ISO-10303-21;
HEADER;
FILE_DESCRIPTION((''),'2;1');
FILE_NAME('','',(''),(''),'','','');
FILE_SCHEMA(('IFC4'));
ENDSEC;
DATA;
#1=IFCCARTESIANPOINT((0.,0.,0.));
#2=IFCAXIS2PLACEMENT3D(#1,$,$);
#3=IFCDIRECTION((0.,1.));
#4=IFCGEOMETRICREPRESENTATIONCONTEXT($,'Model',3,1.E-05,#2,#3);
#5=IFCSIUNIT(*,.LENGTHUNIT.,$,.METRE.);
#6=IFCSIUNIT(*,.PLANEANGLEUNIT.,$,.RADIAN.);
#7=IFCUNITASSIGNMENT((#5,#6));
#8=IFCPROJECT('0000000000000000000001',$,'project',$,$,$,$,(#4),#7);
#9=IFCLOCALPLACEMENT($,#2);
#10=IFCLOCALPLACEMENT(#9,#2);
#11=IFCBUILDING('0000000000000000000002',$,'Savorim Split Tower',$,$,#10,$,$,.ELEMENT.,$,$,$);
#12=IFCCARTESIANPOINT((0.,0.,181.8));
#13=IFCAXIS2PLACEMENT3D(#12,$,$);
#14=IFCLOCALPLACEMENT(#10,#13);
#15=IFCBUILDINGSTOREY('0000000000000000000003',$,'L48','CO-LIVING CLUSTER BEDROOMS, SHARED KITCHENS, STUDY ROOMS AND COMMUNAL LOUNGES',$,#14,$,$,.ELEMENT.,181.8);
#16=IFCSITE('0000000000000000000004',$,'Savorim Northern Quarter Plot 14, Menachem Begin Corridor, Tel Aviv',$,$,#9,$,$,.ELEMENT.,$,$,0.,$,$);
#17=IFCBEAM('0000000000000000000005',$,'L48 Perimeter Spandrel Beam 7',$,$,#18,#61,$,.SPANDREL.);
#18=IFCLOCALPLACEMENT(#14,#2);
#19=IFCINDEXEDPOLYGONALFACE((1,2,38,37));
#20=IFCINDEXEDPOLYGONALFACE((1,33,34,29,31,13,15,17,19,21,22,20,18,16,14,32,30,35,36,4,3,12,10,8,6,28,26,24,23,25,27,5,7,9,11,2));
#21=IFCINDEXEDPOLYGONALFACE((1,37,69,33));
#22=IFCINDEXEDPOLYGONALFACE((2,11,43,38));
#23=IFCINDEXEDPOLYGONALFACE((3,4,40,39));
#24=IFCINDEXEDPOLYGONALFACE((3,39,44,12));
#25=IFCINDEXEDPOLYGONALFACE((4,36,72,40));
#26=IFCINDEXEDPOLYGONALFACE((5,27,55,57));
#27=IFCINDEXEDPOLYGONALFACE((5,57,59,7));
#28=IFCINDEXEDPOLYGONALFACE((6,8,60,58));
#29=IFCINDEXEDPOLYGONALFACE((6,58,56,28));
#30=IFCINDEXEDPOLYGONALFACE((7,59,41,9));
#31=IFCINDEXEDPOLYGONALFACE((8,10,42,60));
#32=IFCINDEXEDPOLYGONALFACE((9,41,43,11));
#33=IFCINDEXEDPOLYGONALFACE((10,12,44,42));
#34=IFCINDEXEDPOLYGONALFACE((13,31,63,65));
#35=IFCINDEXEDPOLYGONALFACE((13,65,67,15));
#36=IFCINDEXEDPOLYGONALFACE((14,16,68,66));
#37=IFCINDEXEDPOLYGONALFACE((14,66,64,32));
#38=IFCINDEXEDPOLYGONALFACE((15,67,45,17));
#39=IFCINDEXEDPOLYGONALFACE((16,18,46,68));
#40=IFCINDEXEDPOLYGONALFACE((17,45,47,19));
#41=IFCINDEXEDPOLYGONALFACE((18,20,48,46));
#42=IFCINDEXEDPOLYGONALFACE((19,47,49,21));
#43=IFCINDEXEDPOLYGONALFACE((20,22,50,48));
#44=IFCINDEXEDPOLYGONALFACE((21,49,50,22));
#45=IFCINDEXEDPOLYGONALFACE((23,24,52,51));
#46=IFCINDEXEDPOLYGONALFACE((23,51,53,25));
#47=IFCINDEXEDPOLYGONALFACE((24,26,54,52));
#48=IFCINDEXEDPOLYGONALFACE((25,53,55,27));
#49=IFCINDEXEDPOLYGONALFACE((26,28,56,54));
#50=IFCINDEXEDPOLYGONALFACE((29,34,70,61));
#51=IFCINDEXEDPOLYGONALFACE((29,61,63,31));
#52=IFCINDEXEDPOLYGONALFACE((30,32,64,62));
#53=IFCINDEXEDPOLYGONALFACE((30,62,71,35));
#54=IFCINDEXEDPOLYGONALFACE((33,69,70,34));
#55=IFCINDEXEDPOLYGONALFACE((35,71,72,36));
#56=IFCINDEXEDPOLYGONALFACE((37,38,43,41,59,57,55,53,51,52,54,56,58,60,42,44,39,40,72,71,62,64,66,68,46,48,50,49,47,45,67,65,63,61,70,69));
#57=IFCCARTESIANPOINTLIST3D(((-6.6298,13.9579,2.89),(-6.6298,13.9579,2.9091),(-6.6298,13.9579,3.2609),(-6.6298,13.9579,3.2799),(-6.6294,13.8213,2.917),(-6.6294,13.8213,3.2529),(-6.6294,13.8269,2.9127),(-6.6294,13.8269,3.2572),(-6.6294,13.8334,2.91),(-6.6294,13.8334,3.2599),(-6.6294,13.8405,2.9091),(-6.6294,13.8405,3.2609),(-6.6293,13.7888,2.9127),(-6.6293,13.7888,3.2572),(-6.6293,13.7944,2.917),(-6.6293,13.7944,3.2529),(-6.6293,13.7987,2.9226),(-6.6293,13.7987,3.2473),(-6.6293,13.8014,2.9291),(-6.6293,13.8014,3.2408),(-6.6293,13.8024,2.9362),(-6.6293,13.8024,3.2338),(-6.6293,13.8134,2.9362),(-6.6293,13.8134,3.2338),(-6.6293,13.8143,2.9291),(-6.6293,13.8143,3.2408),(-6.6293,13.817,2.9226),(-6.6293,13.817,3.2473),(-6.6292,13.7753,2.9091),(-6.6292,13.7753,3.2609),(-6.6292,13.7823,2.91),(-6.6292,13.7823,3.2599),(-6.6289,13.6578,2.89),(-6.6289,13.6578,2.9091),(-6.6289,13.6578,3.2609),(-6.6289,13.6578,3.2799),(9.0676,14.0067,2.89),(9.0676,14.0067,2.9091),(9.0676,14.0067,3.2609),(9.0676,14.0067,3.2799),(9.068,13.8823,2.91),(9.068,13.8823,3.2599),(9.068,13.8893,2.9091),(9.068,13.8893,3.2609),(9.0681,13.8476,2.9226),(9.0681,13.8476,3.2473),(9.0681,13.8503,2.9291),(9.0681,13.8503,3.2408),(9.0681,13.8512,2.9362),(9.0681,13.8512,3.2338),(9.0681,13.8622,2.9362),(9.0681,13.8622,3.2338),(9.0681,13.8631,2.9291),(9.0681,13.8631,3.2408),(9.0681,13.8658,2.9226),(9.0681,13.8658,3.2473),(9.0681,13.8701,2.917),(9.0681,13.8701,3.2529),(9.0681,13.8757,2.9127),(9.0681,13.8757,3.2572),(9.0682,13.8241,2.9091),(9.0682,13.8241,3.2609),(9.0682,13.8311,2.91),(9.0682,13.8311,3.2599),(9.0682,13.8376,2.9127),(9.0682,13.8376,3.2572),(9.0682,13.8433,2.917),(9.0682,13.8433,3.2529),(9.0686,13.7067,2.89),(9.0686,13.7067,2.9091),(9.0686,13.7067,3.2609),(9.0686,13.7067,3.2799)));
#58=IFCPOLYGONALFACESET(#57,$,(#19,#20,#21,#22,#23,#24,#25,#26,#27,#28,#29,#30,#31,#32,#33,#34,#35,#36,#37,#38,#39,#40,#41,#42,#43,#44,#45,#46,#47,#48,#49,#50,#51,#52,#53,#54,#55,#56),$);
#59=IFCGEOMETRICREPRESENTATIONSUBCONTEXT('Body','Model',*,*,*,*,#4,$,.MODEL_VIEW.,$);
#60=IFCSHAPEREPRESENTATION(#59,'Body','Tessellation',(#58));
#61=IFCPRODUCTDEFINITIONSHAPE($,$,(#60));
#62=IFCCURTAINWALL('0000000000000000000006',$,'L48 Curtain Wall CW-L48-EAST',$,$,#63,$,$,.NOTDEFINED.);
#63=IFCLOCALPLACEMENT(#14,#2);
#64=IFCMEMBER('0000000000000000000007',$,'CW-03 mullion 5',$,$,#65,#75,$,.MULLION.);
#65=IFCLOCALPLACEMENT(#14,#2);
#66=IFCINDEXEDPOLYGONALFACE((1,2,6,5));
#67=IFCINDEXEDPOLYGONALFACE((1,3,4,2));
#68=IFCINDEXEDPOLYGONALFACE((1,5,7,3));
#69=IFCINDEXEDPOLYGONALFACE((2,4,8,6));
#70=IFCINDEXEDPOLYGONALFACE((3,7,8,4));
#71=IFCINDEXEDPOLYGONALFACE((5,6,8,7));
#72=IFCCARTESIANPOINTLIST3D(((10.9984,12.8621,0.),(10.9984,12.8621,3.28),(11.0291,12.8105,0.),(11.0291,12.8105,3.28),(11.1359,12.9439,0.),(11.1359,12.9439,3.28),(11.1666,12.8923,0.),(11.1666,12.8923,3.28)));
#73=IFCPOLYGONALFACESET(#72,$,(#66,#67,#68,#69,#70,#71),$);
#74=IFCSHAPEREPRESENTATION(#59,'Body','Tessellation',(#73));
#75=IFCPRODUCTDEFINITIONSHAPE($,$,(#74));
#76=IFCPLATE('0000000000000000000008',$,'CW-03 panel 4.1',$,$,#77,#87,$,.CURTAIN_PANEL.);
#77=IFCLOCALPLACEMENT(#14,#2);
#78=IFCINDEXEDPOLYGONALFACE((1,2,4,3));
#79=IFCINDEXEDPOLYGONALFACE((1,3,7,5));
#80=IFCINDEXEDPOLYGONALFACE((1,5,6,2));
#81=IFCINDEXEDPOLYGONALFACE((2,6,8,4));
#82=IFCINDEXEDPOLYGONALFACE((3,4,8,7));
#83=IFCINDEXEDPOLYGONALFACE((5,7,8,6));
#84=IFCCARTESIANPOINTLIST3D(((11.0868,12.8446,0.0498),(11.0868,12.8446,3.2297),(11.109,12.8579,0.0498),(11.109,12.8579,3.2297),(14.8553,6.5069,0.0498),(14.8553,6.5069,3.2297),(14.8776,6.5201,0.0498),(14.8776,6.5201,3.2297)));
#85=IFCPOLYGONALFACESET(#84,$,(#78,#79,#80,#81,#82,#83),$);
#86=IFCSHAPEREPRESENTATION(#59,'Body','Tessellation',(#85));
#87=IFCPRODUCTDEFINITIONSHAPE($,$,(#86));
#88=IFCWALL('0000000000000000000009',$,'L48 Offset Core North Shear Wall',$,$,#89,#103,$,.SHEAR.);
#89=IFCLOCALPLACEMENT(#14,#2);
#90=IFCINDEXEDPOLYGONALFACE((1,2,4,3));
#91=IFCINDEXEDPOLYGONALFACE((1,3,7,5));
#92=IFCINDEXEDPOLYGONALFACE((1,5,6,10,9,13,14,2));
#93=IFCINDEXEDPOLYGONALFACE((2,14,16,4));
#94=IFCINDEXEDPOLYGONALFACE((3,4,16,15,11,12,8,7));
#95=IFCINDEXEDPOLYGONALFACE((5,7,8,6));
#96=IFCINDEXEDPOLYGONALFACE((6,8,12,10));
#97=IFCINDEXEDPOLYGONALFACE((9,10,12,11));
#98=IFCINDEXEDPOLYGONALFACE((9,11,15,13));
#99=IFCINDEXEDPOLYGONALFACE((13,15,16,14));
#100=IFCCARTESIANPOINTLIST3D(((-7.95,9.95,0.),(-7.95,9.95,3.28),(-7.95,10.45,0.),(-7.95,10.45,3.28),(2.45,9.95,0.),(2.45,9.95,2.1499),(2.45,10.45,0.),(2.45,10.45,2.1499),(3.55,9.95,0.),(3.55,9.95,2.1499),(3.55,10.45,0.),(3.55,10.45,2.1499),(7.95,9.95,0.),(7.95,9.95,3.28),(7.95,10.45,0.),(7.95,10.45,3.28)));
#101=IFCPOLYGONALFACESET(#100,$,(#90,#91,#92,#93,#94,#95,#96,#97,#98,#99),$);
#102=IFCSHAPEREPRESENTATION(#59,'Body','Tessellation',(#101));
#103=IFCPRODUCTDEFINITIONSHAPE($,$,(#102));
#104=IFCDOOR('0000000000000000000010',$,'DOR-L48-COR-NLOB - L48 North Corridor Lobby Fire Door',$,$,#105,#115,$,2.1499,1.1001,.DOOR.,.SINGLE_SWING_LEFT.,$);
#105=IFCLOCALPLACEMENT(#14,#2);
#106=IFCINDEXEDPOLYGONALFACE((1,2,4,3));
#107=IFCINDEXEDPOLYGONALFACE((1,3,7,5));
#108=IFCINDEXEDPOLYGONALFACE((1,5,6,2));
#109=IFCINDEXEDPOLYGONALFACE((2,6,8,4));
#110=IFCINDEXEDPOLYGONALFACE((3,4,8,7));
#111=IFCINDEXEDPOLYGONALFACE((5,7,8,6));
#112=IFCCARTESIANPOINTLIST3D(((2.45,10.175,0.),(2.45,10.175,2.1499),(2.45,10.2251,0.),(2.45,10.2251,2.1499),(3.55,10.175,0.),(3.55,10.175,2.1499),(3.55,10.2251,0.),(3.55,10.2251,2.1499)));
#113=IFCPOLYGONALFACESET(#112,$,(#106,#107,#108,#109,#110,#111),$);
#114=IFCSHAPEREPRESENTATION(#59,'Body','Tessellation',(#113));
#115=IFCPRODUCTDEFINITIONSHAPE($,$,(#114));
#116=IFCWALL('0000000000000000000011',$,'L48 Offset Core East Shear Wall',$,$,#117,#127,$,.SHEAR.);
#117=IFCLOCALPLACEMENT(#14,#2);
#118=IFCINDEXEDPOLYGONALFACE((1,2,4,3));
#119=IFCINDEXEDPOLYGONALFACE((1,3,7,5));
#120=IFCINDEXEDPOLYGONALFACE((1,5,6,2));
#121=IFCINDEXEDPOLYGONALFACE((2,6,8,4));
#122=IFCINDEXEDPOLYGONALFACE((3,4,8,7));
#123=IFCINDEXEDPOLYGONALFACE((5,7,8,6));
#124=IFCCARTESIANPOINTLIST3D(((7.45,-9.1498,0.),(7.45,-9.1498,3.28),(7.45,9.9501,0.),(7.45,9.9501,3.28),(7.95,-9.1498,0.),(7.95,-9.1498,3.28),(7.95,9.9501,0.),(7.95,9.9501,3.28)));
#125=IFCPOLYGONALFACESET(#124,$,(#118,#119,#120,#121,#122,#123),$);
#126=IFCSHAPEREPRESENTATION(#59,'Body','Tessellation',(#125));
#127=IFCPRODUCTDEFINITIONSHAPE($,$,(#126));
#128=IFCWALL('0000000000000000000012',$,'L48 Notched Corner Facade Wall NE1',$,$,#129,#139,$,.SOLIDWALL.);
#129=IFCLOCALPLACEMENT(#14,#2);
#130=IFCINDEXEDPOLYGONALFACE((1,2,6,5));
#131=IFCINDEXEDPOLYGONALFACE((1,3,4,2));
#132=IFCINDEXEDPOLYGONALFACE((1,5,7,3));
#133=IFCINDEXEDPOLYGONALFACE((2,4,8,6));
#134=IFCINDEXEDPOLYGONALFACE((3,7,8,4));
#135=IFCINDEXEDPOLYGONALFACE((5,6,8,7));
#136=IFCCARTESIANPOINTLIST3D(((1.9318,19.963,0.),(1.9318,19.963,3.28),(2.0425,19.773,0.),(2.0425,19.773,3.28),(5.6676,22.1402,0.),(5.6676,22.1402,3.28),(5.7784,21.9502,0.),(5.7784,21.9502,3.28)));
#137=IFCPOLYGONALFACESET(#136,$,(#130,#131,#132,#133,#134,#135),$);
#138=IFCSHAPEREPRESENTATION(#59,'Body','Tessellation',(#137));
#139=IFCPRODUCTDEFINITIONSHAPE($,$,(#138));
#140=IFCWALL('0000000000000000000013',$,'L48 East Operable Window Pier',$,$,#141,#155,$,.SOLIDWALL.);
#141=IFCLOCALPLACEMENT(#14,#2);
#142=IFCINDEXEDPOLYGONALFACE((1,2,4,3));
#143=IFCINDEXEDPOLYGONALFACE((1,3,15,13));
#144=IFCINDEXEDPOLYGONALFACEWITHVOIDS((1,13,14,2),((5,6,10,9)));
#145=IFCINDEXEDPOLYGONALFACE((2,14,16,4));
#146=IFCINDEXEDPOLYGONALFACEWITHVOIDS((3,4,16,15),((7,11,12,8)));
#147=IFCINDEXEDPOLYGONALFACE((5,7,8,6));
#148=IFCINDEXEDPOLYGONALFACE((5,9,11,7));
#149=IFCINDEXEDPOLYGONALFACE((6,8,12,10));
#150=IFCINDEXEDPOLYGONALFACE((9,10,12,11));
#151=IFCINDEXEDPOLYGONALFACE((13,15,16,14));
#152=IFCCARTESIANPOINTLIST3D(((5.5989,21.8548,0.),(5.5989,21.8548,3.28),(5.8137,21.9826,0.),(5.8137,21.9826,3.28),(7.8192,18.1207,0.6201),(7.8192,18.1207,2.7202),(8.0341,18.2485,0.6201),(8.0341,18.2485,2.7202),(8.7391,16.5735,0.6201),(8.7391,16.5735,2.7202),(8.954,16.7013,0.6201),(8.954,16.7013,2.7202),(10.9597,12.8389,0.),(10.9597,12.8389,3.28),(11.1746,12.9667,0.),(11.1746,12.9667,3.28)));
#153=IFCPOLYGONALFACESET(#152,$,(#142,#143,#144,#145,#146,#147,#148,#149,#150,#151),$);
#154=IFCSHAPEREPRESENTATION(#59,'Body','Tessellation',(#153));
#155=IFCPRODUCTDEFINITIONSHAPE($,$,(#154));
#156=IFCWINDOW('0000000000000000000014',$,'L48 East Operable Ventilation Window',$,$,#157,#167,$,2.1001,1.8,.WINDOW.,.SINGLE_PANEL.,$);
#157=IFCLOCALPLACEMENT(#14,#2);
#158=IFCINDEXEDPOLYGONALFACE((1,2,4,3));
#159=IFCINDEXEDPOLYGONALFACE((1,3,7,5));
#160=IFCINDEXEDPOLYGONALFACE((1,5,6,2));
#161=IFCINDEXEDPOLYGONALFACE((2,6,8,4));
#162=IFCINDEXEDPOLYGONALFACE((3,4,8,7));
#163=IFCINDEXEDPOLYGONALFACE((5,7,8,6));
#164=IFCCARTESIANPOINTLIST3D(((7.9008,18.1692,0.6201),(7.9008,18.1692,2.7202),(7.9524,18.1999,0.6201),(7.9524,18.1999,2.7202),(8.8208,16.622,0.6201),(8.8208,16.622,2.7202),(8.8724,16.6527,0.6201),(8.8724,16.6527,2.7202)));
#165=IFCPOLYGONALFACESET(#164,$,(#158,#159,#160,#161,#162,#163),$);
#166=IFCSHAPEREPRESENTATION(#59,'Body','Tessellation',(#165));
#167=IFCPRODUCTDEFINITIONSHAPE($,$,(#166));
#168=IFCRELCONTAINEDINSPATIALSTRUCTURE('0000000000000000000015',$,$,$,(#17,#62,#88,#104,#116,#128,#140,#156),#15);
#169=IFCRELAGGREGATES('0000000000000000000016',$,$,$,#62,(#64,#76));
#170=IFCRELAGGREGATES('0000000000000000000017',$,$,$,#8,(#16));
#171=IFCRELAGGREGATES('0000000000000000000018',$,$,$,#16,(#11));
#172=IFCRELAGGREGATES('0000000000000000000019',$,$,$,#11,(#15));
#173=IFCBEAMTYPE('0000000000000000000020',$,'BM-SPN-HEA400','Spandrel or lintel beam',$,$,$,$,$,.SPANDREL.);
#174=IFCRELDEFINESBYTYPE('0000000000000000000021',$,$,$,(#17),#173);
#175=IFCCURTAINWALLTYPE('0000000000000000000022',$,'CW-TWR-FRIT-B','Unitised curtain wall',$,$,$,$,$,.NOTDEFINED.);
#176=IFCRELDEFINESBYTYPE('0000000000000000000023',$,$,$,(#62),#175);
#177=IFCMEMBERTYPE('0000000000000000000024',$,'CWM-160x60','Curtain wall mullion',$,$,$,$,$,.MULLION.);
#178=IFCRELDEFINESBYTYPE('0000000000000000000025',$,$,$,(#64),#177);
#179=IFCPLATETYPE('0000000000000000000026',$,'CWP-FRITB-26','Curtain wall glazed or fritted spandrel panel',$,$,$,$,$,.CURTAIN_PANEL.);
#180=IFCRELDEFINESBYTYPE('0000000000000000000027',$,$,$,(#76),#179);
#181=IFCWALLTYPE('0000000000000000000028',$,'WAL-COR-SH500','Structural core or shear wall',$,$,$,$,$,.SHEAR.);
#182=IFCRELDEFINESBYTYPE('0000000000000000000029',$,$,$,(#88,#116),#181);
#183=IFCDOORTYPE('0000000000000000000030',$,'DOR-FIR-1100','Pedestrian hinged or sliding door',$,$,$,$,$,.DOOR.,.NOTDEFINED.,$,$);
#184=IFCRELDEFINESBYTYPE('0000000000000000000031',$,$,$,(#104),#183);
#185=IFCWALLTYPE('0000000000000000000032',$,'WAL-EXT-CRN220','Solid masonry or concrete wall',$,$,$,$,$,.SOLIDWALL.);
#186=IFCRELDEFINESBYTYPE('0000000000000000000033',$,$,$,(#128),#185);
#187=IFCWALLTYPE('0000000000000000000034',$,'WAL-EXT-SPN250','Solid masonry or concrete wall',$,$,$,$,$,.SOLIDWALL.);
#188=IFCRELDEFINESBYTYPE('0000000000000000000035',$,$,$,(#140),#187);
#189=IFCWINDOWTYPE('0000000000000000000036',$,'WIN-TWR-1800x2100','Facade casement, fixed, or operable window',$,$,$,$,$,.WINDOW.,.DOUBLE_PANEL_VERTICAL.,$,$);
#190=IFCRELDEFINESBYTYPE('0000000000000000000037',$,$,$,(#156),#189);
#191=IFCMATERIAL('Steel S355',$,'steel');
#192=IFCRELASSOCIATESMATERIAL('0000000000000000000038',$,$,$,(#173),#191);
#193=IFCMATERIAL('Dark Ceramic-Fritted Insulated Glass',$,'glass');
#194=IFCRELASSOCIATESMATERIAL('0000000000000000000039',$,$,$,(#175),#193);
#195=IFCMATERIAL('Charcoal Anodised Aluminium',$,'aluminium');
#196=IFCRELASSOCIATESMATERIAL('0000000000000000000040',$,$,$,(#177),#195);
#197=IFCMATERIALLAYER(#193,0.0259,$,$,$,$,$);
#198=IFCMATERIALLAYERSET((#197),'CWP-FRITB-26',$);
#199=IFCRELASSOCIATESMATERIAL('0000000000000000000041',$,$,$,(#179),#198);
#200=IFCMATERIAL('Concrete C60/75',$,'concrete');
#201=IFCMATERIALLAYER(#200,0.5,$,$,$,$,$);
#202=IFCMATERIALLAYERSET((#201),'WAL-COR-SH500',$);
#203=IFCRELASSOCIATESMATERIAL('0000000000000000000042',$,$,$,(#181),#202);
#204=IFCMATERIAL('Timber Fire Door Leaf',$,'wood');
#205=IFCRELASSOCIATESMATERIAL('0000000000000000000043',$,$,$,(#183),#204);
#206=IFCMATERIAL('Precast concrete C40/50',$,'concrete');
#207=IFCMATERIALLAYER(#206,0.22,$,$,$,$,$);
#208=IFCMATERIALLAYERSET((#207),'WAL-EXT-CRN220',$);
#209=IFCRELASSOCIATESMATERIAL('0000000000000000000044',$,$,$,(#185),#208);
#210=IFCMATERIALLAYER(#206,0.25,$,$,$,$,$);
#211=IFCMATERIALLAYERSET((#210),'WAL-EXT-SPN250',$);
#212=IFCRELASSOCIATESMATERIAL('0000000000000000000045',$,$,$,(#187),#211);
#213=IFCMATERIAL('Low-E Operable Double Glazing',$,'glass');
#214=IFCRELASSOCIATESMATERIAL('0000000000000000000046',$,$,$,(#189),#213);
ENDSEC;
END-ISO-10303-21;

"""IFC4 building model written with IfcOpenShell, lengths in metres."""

from ifc_helpers import new_model, si_unit, direction, frame, frame_2d, origin, origin_2d, place, context, subcontext, project, spatial, rectangle, i_section, extrude, material, layer, layer_set, material_profile, profile_set, type_object, element, fill, aggregate, save


model = new_model("IFC4")

# Units and contexts
model_context = context("Model", 3, precision=1e-05, world=origin(), true_north=direction((0.0, 1.0)))
body_context = subcontext(model_context, "Body", "Model", "MODEL_VIEW")
ifc_project = project(units=[si_unit("LENGTHUNIT", "METRE"), si_unit("PLANEANGLEUNIT", "RADIAN")], contexts=[model_context])

# Site, building, storey
site_placement = place(None, origin())
site = spatial("IfcSite", under=ifc_project, at=site_placement, Name="Savorim Northern Quarter Plot 14, Menachem Begin Corridor, Tel Aviv", CompositionType="ELEMENT", RefElevation=0.0)
building_placement = place(site_placement, origin())
building = spatial("IfcBuilding", under=site, at=building_placement, Name="Savorim Split Tower", CompositionType="ELEMENT")
storey_placement = place(building_placement, frame((0.0, 0.0, 181.8)))
storey = spatial("IfcBuildingStorey", under=building, at=storey_placement, Name="L48", Description="CO-LIVING CLUSTER BEDROOMS, SHARED KITCHENS, STUDY ROOMS AND COMMUNAL LOUNGES", CompositionType="ELEMENT", Elevation=181.8)

# Beam
ifc_material_1 = material(Name="Steel S355", Category="steel")
ifc_material_profile_1 = material_profile(ifc_material_1, i_section(OverallWidth=0.3, OverallDepth=0.3899, WebThickness=0.011, FlangeThickness=0.019, FilletRadius=0.0271, at=origin_2d()), Name="HEA 400")
ifc_profile_set_1 = profile_set([ifc_material_profile_1], Name="Steel S355")
beam_type_1 = type_object("IfcBeamType", Name="BM-SPN-HEA400", Description="Spandrel or lintel beam", PredefinedType="SPANDREL", material=ifc_profile_set_1)
beam_1_placement = place(storey_placement, frame((9.0681, 13.8567, 3.085), z_axis=(-0.999995, -0.003111, 0.0), x_axis=(0.003111, -0.999995, 0.0)))
element("IfcBeam", 1, at=beam_1_placement, inside=storey, type_object=beam_type_1, Name="L48 Perimeter Spandrel Beam 7", PredefinedType="SPANDREL", context=body_context, shape_type="SweptSolid", body=[
    extrude(i_section(OverallWidth=0.3, OverallDepth=0.3899, WebThickness=0.011, FlangeThickness=0.019, FilletRadius=0.0271, at=origin_2d()), origin(), (0.0, 0.0, 1.0), 15.6975),
])

# Curtain wall, member, plate
ifc_material_2 = material(Name="Dark Ceramic-Fritted Insulated Glass", Category="glass")
curtain_wall_type = type_object("IfcCurtainWallType", Name="CW-TWR-FRIT-B", Description="Unitised curtain wall", PredefinedType="NOTDEFINED", material=ifc_material_2)
curtain_wall_placement = place(storey_placement, origin())
curtain_wall = element("IfcCurtainWall", 2, at=curtain_wall_placement, inside=storey, type_object=curtain_wall_type, Name="L48 Curtain Wall CW-L48-EAST", PredefinedType="NOTDEFINED")
ifc_material_3 = material(Name="Charcoal Anodised Aluminium", Category="aluminium")
ifc_material_profile_2 = material_profile(ifc_material_3, rectangle(XDim=0.1599, YDim=0.0601, at=origin_2d()), Name="ALU-M 160x60")
ifc_profile_set_2 = profile_set([ifc_material_profile_2], Name="Charcoal Anodised Aluminium")
member_type = type_object("IfcMemberType", Name="CWM-160x60", Description="Curtain wall mullion", PredefinedType="MULLION", material=ifc_profile_set_2)
member_placement = place(storey_placement, frame((11.0825, 12.8772, 0.0), z_axis=(0.0, 0.0, 1.0), x_axis=(-0.859525, -0.511094, 0.0)))
member = element("IfcMember", 3, at=member_placement, type_object=member_type, Name="CW-03 mullion 5", PredefinedType="MULLION", context=body_context, shape_type="SweptSolid", body=[
    extrude(rectangle(XDim=0.1599, YDim=0.0601, at=origin_2d()), origin(), (0.0, 0.0, 1.0), 3.28),
])
ifc_layer_1 = layer(ifc_material_2, 0.0259)
ifc_layer_set_1 = layer_set([ifc_layer_1], Name="CWP-FRITB-26")
plate_type = type_object("IfcPlateType", Name="CWP-FRITB-26", Description="Curtain wall glazed or fritted spandrel panel", PredefinedType="CURTAIN_PANEL", material=ifc_layer_set_1)
plate_placement = place(storey_placement, frame((12.9822, 9.6824, 0.0498), z_axis=(0.0, 0.0, 1.0), x_axis=(-0.511094, 0.859525, 0.0)))
plate = element("IfcPlate", 4, at=plate_placement, type_object=plate_type, Name="CW-03 panel 4.1", PredefinedType="CURTAIN_PANEL", context=body_context, shape_type="SweptSolid", body=[
    extrude(rectangle(XDim=7.3735, YDim=0.0259, at=origin_2d()), origin(), (0.0, 0.0, 1.0), 3.1799),
])
aggregate(curtain_wall, [member, plate])

# Wall, opening, door
ifc_material_4 = material(Name="Concrete C60/75", Category="concrete")
ifc_layer_2 = layer(ifc_material_4, 0.5)
ifc_layer_set_2 = layer_set([ifc_layer_2], Name="WAL-COR-SH500")
wall_type_1 = type_object("IfcWallType", Name="WAL-COR-SH500", Description="Structural core or shear wall", PredefinedType="SHEAR", material=ifc_layer_set_2)
wall_1_placement = place(storey_placement, frame((7.95, 10.2, 0.0), z_axis=(0.0, 0.0, 1.0), x_axis=(-1.0, 0.0, 0.0)))
wall_1 = element("IfcWall", 5, at=wall_1_placement, inside=storey, type_object=wall_type_1, Name="L48 Offset Core North Shear Wall", PredefinedType="SHEAR", context=body_context, shape_type="SweptSolid", body=[
    extrude(rectangle(XDim=15.8999, YDim=0.5, at=frame_2d((7.95, 0.0))), origin(), (0.0, 0.0, 1.0), 3.28),
])
opening_1_placement = place(wall_1_placement, frame((4.3999, 0.0, 0.0)))
opening_1 = element("IfcOpeningElement", 6, at=opening_1_placement, cuts=wall_1, PredefinedType="OPENING", context=body_context, shape_type="SweptSolid", body=[
    extrude(rectangle(XDim=1.1001, YDim=2.1499, at=frame_2d((0.55, 1.075))), frame((0.0, 0.26, 0.0), z_axis=(0.0, -1.0, 0.0), x_axis=(1.0, 0.0, 0.0)), (0.0, 0.0, 1.0), 0.52),
])
ifc_material_5 = material(Name="Timber Fire Door Leaf", Category="wood")
door_type_1 = type_object("IfcDoorType", Name="DOR-FIR-1100", Description="Pedestrian hinged or sliding door", OperationType="NOTDEFINED", PredefinedType="DOOR", material=ifc_material_5)
door_1_placement = place(opening_1_placement, origin())
door_1 = element("IfcDoor", 7, at=door_1_placement, inside=storey, type_object=door_type_1, Name="DOR-L48-COR-NLOB - L48 North Corridor Lobby Fire Door", OperationType="SINGLE_SWING_LEFT", OverallHeight=2.1499, OverallWidth=1.1001, PredefinedType="DOOR", context=body_context, shape_type="SweptSolid", body=[
    extrude(rectangle(XDim=1.1001, YDim=2.1499, at=frame_2d((0.55, 1.075))), frame((0.0, 0.0249, 0.0), z_axis=(0.0, -1.0, 0.0), x_axis=(1.0, 0.0, 0.0)), (0.0, 0.0, 1.0), 0.05),
])
fill(opening_1, door_1)

# Walls
wall_2_placement = place(storey_placement, frame((7.7, 9.95, 0.0), z_axis=(0.0, 0.0, 1.0), x_axis=(0.0, -1.0, 0.0)))
element("IfcWall", 8, at=wall_2_placement, inside=storey, type_object=wall_type_1, Name="L48 Offset Core East Shear Wall", PredefinedType="SHEAR", context=body_context, shape_type="SweptSolid", body=[
    extrude(rectangle(XDim=19.0999, YDim=0.5, at=frame_2d((9.5498, 0.0))), origin(), (0.0, 0.0, 1.0), 3.28),
])
ifc_material_6 = material(Name="Precast concrete C40/50", Category="concrete")
ifc_layer_3 = layer(ifc_material_6, 0.22)
ifc_layer_set_3 = layer_set([ifc_layer_3], Name="WAL-EXT-CRN220")
wall_type_2 = type_object("IfcWallType", Name="WAL-EXT-CRN220", Description="Solid masonry or concrete wall", PredefinedType="SOLIDWALL", material=ifc_layer_set_3)
wall_3_placement = place(storey_placement, frame((1.9871, 19.8679, 0.0), z_axis=(0.0, 0.0, 1.0), x_axis=(0.86398, 0.503527, 0.0)))
element("IfcWall", 9, at=wall_3_placement, inside=storey, type_object=wall_type_2, Name="L48 Notched Corner Facade Wall NE1", PredefinedType="SOLIDWALL", context=body_context, shape_type="SweptSolid", body=[
    extrude(rectangle(XDim=4.324, YDim=0.22, at=frame_2d((2.1621, 0.0))), origin(), (0.0, 0.0, 1.0), 3.28),
])

# Wall, opening, window
ifc_layer_4 = layer(ifc_material_6, 0.25)
ifc_layer_set_4 = layer_set([ifc_layer_4], Name="WAL-EXT-SPN250")
wall_type_3 = type_object("IfcWallType", Name="WAL-EXT-SPN250", Description="Solid masonry or concrete wall", PredefinedType="SOLIDWALL", material=ifc_layer_set_4)
wall_4_placement = place(storey_placement, frame((5.7063, 21.9187, 0.0), z_axis=(0.0, 0.0, 1.0), x_axis=(0.511079, -0.859534, 0.0)))
wall_4 = element("IfcWall", 10, at=wall_4_placement, inside=storey, type_object=wall_type_3, Name="L48 East Operable Window Pier", PredefinedType="SOLIDWALL", context=body_context, shape_type="SweptSolid", body=[
    extrude(rectangle(XDim=10.4893, YDim=0.25, at=frame_2d((5.2446, 0.0))), origin(), (0.0, 0.0, 1.0), 3.28),
])
opening_2_placement = place(wall_4_placement, frame((4.3445, 0.0, 0.6201)))
opening_2 = element("IfcOpeningElement", 11, at=opening_2_placement, cuts=wall_4, PredefinedType="OPENING", context=body_context, shape_type="SweptSolid", body=[
    extrude(rectangle(XDim=1.8, YDim=2.1001, at=frame_2d((0.8999, 1.05))), frame((0.0, 0.135, 0.0), z_axis=(0.0, -1.0, 0.0), x_axis=(1.0, 0.0, 0.0)), (0.0, 0.0, 1.0), 0.27),
])
ifc_material_7 = material(Name="Low-E Operable Double Glazing", Category="glass")
window_type = type_object("IfcWindowType", Name="WIN-TWR-1800x2100", Description="Facade casement, fixed, or operable window", PartitioningType="DOUBLE_PANEL_VERTICAL", PredefinedType="WINDOW", material=ifc_material_7)
window_placement = place(opening_2_placement, origin())
window = element("IfcWindow", 12, at=window_placement, inside=storey, type_object=window_type, Name="L48 East Operable Ventilation Window", OverallHeight=2.1001, OverallWidth=1.8, PartitioningType="SINGLE_PANEL", PredefinedType="WINDOW", context=body_context, shape_type="SweptSolid", body=[
    extrude(rectangle(XDim=1.8, YDim=2.1001, at=frame_2d((0.8999, 1.05))), frame((0.0, 0.03, 0.0), z_axis=(0.0, -1.0, 0.0), x_axis=(1.0, 0.0, 0.0)), (0.0, 0.0, 1.0), 0.0601),
])
fill(opening_2, window)

save(model, "model.ifc")
